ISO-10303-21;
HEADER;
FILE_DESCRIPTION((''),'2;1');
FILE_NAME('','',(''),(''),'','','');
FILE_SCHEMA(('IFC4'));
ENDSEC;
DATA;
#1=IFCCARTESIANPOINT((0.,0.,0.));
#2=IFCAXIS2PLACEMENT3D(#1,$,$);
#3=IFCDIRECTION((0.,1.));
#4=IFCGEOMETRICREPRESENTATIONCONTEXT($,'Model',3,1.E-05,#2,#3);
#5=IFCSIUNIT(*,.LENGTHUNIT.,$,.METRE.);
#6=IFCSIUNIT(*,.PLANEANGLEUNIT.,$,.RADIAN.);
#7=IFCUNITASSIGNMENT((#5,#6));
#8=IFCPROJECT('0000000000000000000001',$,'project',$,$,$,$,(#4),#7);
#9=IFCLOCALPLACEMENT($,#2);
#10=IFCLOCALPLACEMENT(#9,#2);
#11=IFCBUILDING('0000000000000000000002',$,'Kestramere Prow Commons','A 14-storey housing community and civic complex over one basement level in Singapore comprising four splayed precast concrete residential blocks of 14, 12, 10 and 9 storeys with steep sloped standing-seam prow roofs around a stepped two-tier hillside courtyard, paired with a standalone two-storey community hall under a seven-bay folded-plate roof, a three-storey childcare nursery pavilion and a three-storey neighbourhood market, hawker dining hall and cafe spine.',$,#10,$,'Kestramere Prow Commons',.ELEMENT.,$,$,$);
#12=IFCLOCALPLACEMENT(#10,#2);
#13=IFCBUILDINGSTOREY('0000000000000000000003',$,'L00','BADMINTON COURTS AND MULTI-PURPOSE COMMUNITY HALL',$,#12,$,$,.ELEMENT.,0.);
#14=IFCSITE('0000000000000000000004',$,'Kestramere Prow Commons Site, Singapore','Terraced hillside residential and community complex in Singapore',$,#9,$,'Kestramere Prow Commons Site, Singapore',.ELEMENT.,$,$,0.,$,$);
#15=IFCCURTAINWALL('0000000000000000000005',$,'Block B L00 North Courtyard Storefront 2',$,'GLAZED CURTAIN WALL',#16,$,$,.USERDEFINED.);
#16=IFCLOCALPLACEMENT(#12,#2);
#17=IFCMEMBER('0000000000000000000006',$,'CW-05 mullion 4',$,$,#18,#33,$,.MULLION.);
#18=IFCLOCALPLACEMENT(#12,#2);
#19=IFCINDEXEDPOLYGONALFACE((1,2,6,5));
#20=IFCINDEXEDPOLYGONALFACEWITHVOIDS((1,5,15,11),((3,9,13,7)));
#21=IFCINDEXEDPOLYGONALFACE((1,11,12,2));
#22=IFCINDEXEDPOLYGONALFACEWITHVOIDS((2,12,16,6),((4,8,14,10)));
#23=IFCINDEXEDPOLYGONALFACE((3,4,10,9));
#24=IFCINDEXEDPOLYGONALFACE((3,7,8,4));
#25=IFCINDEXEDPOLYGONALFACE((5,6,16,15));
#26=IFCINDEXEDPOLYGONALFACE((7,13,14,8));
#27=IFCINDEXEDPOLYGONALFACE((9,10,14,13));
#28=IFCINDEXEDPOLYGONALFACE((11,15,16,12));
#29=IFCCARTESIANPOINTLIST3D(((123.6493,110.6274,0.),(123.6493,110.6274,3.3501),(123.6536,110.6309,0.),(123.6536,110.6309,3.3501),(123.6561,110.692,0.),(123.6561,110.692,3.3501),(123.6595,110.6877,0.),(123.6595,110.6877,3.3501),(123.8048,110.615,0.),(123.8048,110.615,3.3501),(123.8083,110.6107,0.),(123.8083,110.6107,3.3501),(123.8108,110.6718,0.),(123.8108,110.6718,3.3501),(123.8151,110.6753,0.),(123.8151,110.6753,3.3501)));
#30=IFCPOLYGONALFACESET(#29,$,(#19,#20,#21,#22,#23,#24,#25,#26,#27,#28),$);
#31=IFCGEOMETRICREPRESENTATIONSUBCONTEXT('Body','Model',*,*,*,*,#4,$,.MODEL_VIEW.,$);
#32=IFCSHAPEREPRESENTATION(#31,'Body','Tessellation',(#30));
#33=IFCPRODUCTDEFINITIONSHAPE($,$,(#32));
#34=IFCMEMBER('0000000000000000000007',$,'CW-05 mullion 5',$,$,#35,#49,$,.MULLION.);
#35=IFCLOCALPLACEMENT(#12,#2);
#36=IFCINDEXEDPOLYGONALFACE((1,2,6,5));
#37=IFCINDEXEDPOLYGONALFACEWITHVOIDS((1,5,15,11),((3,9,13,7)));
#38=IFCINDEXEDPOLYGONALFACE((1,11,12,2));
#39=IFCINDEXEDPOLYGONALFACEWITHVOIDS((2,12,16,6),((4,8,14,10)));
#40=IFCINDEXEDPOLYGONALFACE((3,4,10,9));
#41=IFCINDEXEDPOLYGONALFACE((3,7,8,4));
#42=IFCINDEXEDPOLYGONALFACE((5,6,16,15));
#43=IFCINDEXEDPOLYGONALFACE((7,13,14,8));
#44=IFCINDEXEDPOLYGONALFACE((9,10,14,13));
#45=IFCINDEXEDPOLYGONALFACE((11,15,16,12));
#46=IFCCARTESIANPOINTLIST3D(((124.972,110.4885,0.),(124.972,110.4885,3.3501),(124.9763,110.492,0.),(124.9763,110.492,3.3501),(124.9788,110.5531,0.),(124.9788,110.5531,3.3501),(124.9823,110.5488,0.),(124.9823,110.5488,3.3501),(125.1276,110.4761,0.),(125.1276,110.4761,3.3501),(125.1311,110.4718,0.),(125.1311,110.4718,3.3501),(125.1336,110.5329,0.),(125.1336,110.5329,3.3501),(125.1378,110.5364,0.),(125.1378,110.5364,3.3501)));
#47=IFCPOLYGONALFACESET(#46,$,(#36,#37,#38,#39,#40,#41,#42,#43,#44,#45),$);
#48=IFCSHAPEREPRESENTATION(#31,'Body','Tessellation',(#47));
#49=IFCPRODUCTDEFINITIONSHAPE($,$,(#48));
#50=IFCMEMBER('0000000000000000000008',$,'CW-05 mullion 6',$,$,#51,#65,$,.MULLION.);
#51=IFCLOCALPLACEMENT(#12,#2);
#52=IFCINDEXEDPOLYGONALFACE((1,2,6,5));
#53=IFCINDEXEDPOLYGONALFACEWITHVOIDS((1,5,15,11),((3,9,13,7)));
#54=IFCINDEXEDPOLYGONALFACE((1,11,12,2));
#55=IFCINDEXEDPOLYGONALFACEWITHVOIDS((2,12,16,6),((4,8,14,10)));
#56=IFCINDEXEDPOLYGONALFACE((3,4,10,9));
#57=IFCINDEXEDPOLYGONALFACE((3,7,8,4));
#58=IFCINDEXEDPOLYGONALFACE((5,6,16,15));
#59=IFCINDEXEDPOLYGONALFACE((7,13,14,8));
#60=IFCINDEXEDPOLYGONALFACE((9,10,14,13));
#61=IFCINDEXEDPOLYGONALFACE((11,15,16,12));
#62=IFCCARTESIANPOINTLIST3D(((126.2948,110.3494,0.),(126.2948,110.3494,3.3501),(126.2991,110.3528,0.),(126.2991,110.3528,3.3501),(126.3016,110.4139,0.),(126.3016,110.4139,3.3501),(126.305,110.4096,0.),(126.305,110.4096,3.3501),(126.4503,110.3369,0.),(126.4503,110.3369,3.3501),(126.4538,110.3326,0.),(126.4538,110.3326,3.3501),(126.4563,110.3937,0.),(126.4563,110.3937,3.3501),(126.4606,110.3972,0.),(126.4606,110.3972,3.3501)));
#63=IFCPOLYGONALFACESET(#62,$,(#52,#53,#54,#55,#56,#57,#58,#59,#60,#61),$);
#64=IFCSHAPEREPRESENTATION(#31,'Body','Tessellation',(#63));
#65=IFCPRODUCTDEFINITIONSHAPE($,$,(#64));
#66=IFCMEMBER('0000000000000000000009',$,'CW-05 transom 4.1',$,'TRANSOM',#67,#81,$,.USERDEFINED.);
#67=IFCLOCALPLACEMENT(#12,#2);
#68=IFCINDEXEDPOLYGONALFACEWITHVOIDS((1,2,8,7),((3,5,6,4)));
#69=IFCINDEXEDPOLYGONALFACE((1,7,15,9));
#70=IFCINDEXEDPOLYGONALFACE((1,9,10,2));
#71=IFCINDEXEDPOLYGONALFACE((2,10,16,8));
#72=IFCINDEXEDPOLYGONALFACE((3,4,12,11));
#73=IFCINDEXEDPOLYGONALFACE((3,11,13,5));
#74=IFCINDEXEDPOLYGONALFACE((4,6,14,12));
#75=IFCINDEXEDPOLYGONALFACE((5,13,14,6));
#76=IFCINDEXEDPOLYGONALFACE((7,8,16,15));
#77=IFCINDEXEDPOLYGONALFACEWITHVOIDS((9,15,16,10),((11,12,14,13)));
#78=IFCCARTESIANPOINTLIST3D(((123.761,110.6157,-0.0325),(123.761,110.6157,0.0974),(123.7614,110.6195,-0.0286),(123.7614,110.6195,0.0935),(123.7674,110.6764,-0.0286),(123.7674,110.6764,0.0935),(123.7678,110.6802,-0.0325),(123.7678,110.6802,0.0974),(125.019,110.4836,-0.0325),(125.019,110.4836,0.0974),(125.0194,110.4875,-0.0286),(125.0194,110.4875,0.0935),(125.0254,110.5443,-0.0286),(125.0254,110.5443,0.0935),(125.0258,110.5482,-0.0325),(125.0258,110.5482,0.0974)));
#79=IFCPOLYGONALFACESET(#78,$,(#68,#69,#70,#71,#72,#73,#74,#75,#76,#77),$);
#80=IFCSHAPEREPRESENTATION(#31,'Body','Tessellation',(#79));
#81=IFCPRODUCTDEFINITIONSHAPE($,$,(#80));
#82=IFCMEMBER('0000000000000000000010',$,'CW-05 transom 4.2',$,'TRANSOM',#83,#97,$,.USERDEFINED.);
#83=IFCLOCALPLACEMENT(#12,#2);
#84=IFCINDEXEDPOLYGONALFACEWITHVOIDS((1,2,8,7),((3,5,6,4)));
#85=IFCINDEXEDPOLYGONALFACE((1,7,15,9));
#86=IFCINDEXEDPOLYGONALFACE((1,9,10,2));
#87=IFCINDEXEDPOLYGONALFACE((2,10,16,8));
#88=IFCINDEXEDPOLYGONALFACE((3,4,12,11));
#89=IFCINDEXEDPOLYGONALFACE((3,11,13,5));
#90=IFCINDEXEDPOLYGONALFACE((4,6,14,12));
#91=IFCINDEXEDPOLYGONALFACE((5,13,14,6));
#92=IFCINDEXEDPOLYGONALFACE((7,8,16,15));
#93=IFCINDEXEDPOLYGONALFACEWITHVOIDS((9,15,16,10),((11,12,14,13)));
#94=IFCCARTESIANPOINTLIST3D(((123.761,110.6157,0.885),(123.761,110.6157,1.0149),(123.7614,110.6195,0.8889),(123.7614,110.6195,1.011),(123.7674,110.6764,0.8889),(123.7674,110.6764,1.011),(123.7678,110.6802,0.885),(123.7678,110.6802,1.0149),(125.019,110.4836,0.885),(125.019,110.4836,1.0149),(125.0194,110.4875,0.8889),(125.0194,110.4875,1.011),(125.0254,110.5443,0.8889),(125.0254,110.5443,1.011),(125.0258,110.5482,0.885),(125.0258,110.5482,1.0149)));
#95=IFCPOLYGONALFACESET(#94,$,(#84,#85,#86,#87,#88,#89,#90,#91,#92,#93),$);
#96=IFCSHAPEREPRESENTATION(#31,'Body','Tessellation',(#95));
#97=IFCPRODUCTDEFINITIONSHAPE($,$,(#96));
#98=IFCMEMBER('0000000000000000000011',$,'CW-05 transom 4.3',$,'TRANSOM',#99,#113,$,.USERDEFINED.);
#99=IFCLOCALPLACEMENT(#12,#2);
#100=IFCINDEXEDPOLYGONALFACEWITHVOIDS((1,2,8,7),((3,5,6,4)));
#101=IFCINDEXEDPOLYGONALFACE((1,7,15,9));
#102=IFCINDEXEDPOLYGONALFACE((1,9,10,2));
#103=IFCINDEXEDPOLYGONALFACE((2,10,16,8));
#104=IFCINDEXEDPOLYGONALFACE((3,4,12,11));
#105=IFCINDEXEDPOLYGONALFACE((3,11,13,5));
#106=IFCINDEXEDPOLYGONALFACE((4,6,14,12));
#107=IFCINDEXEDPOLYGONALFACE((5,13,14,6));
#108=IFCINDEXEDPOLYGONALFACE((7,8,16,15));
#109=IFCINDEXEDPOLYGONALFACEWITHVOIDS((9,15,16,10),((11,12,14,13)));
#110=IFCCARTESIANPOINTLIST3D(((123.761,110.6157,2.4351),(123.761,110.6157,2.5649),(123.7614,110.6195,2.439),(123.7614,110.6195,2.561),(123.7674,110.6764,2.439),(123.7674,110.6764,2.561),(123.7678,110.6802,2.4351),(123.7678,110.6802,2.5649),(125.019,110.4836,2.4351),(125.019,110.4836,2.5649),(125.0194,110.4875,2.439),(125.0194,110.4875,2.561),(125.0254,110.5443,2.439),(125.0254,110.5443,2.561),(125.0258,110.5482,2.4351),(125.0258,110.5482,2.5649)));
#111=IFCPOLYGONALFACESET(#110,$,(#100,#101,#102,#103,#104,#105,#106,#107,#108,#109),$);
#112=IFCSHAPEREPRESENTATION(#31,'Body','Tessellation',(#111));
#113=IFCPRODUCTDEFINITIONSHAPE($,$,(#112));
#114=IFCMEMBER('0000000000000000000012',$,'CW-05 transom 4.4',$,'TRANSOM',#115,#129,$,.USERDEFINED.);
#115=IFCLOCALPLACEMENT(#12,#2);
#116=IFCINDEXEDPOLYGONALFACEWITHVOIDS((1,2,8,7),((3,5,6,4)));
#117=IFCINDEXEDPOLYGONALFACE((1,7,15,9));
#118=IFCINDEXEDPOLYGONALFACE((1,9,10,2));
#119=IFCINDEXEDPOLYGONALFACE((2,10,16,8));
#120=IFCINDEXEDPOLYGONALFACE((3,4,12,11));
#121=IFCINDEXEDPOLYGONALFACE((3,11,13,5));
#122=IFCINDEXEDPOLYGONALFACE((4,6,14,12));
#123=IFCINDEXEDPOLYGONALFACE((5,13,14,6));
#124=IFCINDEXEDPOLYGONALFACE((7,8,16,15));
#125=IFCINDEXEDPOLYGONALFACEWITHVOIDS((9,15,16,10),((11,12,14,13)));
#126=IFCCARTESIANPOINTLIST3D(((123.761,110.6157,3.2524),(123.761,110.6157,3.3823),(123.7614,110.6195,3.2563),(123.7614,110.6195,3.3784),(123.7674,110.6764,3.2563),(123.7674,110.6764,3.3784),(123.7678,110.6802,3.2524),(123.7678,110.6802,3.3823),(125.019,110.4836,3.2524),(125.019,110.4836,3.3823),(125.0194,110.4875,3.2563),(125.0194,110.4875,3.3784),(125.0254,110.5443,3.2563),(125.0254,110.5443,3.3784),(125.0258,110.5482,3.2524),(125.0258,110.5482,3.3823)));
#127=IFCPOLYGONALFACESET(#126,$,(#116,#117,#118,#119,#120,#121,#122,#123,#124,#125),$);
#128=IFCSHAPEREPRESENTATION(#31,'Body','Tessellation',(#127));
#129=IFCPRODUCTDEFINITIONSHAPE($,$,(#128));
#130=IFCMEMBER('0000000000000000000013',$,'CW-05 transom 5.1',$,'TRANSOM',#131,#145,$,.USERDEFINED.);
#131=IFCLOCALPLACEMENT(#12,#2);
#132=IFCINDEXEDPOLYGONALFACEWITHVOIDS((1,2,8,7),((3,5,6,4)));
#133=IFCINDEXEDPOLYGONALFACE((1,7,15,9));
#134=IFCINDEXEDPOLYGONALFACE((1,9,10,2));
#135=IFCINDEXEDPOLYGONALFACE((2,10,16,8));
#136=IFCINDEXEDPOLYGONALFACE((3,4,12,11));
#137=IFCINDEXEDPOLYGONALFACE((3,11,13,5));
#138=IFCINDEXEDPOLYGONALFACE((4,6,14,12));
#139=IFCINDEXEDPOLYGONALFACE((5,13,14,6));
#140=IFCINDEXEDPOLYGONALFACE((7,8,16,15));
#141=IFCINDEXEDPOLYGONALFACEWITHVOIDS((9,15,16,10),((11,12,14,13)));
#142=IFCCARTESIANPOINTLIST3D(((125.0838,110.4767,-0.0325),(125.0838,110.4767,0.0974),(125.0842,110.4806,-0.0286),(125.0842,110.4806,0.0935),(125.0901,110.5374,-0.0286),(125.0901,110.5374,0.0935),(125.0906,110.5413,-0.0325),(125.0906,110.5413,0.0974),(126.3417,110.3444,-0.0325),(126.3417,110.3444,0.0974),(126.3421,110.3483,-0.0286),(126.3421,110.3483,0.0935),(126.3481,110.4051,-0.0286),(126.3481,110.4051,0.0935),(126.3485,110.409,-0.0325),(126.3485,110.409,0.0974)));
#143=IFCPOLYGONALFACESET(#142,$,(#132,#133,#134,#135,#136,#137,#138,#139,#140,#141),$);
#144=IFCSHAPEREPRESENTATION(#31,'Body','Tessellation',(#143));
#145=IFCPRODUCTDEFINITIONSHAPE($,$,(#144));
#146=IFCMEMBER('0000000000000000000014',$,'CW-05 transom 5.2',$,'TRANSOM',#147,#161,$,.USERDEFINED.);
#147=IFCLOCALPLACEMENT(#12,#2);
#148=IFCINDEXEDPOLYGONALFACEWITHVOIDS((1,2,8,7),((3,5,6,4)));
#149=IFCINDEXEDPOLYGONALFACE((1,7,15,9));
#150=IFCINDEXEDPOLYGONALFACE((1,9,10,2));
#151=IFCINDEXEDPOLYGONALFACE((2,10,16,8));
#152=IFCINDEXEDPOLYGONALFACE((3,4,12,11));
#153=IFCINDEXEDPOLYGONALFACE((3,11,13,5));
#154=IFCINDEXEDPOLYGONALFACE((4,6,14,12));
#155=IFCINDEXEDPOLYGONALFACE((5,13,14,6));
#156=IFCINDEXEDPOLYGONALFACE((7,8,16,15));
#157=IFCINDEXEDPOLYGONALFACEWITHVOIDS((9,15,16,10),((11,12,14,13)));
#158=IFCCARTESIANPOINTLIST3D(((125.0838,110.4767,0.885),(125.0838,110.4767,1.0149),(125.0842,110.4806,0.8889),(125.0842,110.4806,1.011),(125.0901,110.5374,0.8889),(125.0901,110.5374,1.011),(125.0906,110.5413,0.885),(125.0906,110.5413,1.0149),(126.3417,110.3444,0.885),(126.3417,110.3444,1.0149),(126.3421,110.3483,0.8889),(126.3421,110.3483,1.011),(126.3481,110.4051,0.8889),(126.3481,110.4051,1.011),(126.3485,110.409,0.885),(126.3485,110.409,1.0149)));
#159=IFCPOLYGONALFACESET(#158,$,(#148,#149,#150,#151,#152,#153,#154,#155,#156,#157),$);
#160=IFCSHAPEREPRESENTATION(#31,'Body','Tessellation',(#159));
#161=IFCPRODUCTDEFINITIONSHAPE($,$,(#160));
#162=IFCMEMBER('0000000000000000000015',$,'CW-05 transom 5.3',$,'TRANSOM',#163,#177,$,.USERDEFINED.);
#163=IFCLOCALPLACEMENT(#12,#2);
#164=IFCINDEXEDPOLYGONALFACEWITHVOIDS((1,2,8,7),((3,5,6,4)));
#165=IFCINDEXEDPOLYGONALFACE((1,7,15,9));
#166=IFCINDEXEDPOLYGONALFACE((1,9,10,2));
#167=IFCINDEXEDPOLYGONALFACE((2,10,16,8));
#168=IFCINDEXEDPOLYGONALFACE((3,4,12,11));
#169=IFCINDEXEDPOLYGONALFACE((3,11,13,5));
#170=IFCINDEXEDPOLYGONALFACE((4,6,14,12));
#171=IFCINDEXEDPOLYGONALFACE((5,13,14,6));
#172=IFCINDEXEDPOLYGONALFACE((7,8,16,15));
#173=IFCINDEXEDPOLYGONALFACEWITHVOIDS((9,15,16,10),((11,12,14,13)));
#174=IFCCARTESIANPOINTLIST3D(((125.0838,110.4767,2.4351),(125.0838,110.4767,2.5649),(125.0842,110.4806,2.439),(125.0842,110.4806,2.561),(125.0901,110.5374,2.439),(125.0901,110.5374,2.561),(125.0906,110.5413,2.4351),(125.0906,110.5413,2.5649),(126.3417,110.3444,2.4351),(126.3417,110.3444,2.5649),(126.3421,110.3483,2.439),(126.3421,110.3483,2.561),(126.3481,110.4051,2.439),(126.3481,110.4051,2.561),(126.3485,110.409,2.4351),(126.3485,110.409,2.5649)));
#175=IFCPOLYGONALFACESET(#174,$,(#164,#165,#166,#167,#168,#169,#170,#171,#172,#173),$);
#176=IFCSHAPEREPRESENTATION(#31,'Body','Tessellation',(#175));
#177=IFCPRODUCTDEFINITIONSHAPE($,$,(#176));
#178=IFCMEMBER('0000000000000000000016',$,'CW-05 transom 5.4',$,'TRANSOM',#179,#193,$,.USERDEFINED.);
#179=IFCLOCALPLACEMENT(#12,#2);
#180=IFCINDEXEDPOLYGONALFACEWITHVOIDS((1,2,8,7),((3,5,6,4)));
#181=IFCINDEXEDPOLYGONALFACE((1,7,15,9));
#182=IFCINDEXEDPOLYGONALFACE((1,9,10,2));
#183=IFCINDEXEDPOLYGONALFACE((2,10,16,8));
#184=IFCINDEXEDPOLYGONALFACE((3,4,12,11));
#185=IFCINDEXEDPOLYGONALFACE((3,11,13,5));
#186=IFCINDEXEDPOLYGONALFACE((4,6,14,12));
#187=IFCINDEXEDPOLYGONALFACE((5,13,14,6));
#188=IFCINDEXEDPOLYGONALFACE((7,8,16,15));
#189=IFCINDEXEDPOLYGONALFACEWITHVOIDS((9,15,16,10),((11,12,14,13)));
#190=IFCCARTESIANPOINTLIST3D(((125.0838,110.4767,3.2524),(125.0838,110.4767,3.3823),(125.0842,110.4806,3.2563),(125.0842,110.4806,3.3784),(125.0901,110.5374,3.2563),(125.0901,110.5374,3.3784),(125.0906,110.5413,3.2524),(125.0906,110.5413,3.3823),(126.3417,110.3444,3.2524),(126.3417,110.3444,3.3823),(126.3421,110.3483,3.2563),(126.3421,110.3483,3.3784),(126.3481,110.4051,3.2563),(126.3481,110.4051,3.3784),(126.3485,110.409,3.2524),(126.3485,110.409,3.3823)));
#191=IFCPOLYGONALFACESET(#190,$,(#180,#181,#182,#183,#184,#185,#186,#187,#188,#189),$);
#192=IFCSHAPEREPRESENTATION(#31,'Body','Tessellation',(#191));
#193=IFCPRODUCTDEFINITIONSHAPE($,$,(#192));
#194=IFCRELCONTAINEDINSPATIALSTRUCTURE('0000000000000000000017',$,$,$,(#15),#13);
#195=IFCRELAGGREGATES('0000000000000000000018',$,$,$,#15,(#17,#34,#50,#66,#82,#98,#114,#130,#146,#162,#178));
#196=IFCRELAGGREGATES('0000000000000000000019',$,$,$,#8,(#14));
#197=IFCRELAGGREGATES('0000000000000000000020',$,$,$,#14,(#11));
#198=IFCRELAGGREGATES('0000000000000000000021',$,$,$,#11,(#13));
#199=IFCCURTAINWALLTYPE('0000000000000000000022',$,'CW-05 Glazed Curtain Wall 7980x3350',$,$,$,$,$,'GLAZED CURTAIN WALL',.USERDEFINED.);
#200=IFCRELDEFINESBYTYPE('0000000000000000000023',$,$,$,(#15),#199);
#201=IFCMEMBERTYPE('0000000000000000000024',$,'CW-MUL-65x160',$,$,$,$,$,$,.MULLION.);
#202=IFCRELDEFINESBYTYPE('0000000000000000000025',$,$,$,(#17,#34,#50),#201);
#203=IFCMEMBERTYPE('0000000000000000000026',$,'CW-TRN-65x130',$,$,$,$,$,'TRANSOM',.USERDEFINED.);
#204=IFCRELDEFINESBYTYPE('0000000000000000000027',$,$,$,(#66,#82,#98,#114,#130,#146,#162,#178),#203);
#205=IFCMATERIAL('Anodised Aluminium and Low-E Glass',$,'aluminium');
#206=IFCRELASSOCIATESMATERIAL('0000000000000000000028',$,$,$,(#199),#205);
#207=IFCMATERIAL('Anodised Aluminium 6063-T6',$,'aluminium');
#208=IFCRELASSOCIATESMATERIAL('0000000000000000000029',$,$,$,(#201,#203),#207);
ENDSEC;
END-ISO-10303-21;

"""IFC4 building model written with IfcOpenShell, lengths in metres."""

from ifc_helpers import new_model, si_unit, direction, frame, origin, origin_2d, place, context, subcontext, project, spatial, hollow_rectangle, extrude, material, material_profile, profile_set, type_object, element, aggregate, save


model = new_model("IFC4")

# Units and contexts
model_context = context("Model", 3, precision=1e-05, world=origin(), true_north=direction((0.0, 1.0)))
body_context = subcontext(model_context, "Body", "Model", "MODEL_VIEW")
ifc_project = project(units=[si_unit("LENGTHUNIT", "METRE"), si_unit("PLANEANGLEUNIT", "RADIAN")], contexts=[model_context])

# Site, building, storey
site_placement = place(None, origin())
site = spatial("IfcSite", under=ifc_project, at=site_placement, Name="Kestramere Prow Commons Site, Singapore", Description="Terraced hillside residential and community complex in Singapore", LongName="Kestramere Prow Commons Site, Singapore", CompositionType="ELEMENT", RefElevation=0.0)
building_placement = place(site_placement, origin())
building = spatial("IfcBuilding", under=site, at=building_placement, Name="Kestramere Prow Commons", Description="A 14-storey housing community and civic complex over one basement level in Singapore comprising four splayed precast concrete residential blocks of 14, 12, 10 and 9 storeys with steep sloped standing-seam prow roofs around a stepped two-tier hillside courtyard, paired with a standalone two-storey community hall under a seven-bay folded-plate roof, a three-storey childcare nursery pavilion and a three-storey neighbourhood market, hawker dining hall and cafe spine.", LongName="Kestramere Prow Commons", CompositionType="ELEMENT")
storey_placement = place(building_placement, origin())
storey = spatial("IfcBuildingStorey", under=building, at=storey_placement, Name="L00", Description="BADMINTON COURTS AND MULTI-PURPOSE COMMUNITY HALL", CompositionType="ELEMENT", Elevation=0.0)

# Curtain wall, members
ifc_material_1 = material(Name="Anodised Aluminium and Low-E Glass", Category="aluminium")
curtain_wall_type = type_object("IfcCurtainWallType", Name="CW-05 Glazed Curtain Wall 7980x3350", ElementType="GLAZED CURTAIN WALL", PredefinedType="USERDEFINED", material=ifc_material_1)
curtain_wall_placement = place(storey_placement, origin())
curtain_wall = element("IfcCurtainWall", 1, at=curtain_wall_placement, inside=storey, type_object=curtain_wall_type, Name="Block B L00 North Courtyard Storefront 2", ObjectType="GLAZED CURTAIN WALL", PredefinedType="USERDEFINED")
ifc_material_2 = material(Name="Anodised Aluminium 6063-T6", Category="aluminium")
ifc_material_profile_1 = material_profile(ifc_material_2, hollow_rectangle(XDim=0.0649, YDim=0.1599, WallThickness=0.0039, at=origin_2d()), Name="ALU-MUL 65x160")
ifc_profile_set_1 = profile_set([ifc_material_profile_1], Name="Anodised Aluminium 6063-T6")
member_type_1 = type_object("IfcMemberType", Name="CW-MUL-65x160", PredefinedType="MULLION", material=ifc_profile_set_1)
member_1_placement = place(storey_placement, frame((123.7322, 110.6514, 0.0), z_axis=(0.0, 0.0, 1.0), x_axis=(0.104529, 0.994522, 0.0)))
member_1 = element("IfcMember", 2, at=member_1_placement, type_object=member_type_1, Name="CW-05 mullion 4", PredefinedType="MULLION", context=body_context, shape_type="SweptSolid", body=[
    extrude(hollow_rectangle(XDim=0.0649, YDim=0.1599, WallThickness=0.0039, at=origin_2d()), origin(), (0.0, 0.0, 1.0), 3.3501),
])
member_2_placement = place(storey_placement, frame((125.0549, 110.5125, 0.0), z_axis=(0.0, 0.0, 1.0), x_axis=(0.104529, 0.994522, 0.0)))
member_2 = element("IfcMember", 3, at=member_2_placement, type_object=member_type_1, Name="CW-05 mullion 5", PredefinedType="MULLION", context=body_context, shape_type="SweptSolid", body=[
    extrude(hollow_rectangle(XDim=0.0649, YDim=0.1599, WallThickness=0.0039, at=origin_2d()), origin(), (0.0, 0.0, 1.0), 3.3501),
])
member_3_placement = place(storey_placement, frame((126.3777, 110.3733, 0.0), z_axis=(0.0, 0.0, 1.0), x_axis=(0.104529, 0.994522, 0.0)))
member_3 = element("IfcMember", 4, at=member_3_placement, type_object=member_type_1, Name="CW-05 mullion 6", PredefinedType="MULLION", context=body_context, shape_type="SweptSolid", body=[
    extrude(hollow_rectangle(XDim=0.0649, YDim=0.1599, WallThickness=0.0039, at=origin_2d()), origin(), (0.0, 0.0, 1.0), 3.3501),
])
ifc_material_profile_2 = material_profile(ifc_material_2, hollow_rectangle(XDim=0.0649, YDim=0.1299, WallThickness=0.0039, at=origin_2d()), Name="ALU-TRN 65x130")
ifc_profile_set_2 = profile_set([ifc_material_profile_2], Name="Anodised Aluminium 6063-T6")
member_type_2 = type_object("IfcMemberType", Name="CW-TRN-65x130", ElementType="TRANSOM", PredefinedType="USERDEFINED", material=ifc_profile_set_2)
member_4_placement = place(storey_placement, frame((123.7644, 110.6479, 0.0325), z_axis=(0.994534, -0.104414, 0.0), x_axis=(0.104414, 0.994534, 0.0)))
member_4 = element("IfcMember", 5, at=member_4_placement, type_object=member_type_2, Name="CW-05 transom 4.1", ObjectType="TRANSOM", PredefinedType="USERDEFINED", context=body_context, shape_type="SweptSolid", body=[
    extrude(hollow_rectangle(XDim=0.0649, YDim=0.1299, WallThickness=0.0039, at=origin_2d()), origin(), (0.0, 0.0, 1.0), 1.2649),
])
member_5_placement = place(storey_placement, frame((123.7644, 110.6479, 0.95), z_axis=(0.994534, -0.104414, 0.0), x_axis=(0.104414, 0.994534, 0.0)))
member_5 = element("IfcMember", 6, at=member_5_placement, type_object=member_type_2, Name="CW-05 transom 4.2", ObjectType="TRANSOM", PredefinedType="USERDEFINED", context=body_context, shape_type="SweptSolid", body=[
    extrude(hollow_rectangle(XDim=0.0649, YDim=0.1299, WallThickness=0.0039, at=origin_2d()), origin(), (0.0, 0.0, 1.0), 1.2649),
])
member_6_placement = place(storey_placement, frame((123.7644, 110.6479, 2.5), z_axis=(0.994534, -0.104414, 0.0), x_axis=(0.104414, 0.994534, 0.0)))
member_6 = element("IfcMember", 7, at=member_6_placement, type_object=member_type_2, Name="CW-05 transom 4.3", ObjectType="TRANSOM", PredefinedType="USERDEFINED", context=body_context, shape_type="SweptSolid", body=[
    extrude(hollow_rectangle(XDim=0.0649, YDim=0.1299, WallThickness=0.0039, at=origin_2d()), origin(), (0.0, 0.0, 1.0), 1.2649),
])
member_7_placement = place(storey_placement, frame((123.7644, 110.6479, 3.3174), z_axis=(0.994534, -0.104414, 0.0), x_axis=(0.104414, 0.994534, 0.0)))
member_7 = element("IfcMember", 8, at=member_7_placement, type_object=member_type_2, Name="CW-05 transom 4.4", ObjectType="TRANSOM", PredefinedType="USERDEFINED", context=body_context, shape_type="SweptSolid", body=[
    extrude(hollow_rectangle(XDim=0.0649, YDim=0.1299, WallThickness=0.0039, at=origin_2d()), origin(), (0.0, 0.0, 1.0), 1.2649),
])
member_8_placement = place(storey_placement, frame((125.0872, 110.509, 0.0325), z_axis=(0.994514, -0.104604, 0.0), x_axis=(0.104604, 0.994514, 0.0)))
member_8 = element("IfcMember", 9, at=member_8_placement, type_object=member_type_2, Name="CW-05 transom 5.1", ObjectType="TRANSOM", PredefinedType="USERDEFINED", context=body_context, shape_type="SweptSolid", body=[
    extrude(hollow_rectangle(XDim=0.0649, YDim=0.1299, WallThickness=0.0039, at=origin_2d()), origin(), (0.0, 0.0, 1.0), 1.2649),
])
member_9_placement = place(storey_placement, frame((125.0872, 110.509, 0.95), z_axis=(0.994514, -0.104604, 0.0), x_axis=(0.104604, 0.994514, 0.0)))
member_9 = element("IfcMember", 10, at=member_9_placement, type_object=member_type_2, Name="CW-05 transom 5.2", ObjectType="TRANSOM", PredefinedType="USERDEFINED", context=body_context, shape_type="SweptSolid", body=[
    extrude(hollow_rectangle(XDim=0.0649, YDim=0.1299, WallThickness=0.0039, at=origin_2d()), origin(), (0.0, 0.0, 1.0), 1.2649),
])
member_10_placement = place(storey_placement, frame((125.0872, 110.509, 2.5), z_axis=(0.994514, -0.104604, 0.0), x_axis=(0.104604, 0.994514, 0.0)))
member_10 = element("IfcMember", 11, at=member_10_placement, type_object=member_type_2, Name="CW-05 transom 5.3", ObjectType="TRANSOM", PredefinedType="USERDEFINED", context=body_context, shape_type="SweptSolid", body=[
    extrude(hollow_rectangle(XDim=0.0649, YDim=0.1299, WallThickness=0.0039, at=origin_2d()), origin(), (0.0, 0.0, 1.0), 1.2649),
])
member_11_placement = place(storey_placement, frame((125.0872, 110.509, 3.3174), z_axis=(0.994514, -0.104604, 0.0), x_axis=(0.104604, 0.994514, 0.0)))
member_11 = element("IfcMember", 12, at=member_11_placement, type_object=member_type_2, Name="CW-05 transom 5.4", ObjectType="TRANSOM", PredefinedType="USERDEFINED", context=body_context, shape_type="SweptSolid", body=[
    extrude(hollow_rectangle(XDim=0.0649, YDim=0.1299, WallThickness=0.0039, at=origin_2d()), origin(), (0.0, 0.0, 1.0), 1.2649),
])

aggregate(curtain_wall, [member_1, member_2, member_3, member_4, member_5, member_6, member_7, member_8, member_9, member_10, member_11])

save(model, "model.ifc")
